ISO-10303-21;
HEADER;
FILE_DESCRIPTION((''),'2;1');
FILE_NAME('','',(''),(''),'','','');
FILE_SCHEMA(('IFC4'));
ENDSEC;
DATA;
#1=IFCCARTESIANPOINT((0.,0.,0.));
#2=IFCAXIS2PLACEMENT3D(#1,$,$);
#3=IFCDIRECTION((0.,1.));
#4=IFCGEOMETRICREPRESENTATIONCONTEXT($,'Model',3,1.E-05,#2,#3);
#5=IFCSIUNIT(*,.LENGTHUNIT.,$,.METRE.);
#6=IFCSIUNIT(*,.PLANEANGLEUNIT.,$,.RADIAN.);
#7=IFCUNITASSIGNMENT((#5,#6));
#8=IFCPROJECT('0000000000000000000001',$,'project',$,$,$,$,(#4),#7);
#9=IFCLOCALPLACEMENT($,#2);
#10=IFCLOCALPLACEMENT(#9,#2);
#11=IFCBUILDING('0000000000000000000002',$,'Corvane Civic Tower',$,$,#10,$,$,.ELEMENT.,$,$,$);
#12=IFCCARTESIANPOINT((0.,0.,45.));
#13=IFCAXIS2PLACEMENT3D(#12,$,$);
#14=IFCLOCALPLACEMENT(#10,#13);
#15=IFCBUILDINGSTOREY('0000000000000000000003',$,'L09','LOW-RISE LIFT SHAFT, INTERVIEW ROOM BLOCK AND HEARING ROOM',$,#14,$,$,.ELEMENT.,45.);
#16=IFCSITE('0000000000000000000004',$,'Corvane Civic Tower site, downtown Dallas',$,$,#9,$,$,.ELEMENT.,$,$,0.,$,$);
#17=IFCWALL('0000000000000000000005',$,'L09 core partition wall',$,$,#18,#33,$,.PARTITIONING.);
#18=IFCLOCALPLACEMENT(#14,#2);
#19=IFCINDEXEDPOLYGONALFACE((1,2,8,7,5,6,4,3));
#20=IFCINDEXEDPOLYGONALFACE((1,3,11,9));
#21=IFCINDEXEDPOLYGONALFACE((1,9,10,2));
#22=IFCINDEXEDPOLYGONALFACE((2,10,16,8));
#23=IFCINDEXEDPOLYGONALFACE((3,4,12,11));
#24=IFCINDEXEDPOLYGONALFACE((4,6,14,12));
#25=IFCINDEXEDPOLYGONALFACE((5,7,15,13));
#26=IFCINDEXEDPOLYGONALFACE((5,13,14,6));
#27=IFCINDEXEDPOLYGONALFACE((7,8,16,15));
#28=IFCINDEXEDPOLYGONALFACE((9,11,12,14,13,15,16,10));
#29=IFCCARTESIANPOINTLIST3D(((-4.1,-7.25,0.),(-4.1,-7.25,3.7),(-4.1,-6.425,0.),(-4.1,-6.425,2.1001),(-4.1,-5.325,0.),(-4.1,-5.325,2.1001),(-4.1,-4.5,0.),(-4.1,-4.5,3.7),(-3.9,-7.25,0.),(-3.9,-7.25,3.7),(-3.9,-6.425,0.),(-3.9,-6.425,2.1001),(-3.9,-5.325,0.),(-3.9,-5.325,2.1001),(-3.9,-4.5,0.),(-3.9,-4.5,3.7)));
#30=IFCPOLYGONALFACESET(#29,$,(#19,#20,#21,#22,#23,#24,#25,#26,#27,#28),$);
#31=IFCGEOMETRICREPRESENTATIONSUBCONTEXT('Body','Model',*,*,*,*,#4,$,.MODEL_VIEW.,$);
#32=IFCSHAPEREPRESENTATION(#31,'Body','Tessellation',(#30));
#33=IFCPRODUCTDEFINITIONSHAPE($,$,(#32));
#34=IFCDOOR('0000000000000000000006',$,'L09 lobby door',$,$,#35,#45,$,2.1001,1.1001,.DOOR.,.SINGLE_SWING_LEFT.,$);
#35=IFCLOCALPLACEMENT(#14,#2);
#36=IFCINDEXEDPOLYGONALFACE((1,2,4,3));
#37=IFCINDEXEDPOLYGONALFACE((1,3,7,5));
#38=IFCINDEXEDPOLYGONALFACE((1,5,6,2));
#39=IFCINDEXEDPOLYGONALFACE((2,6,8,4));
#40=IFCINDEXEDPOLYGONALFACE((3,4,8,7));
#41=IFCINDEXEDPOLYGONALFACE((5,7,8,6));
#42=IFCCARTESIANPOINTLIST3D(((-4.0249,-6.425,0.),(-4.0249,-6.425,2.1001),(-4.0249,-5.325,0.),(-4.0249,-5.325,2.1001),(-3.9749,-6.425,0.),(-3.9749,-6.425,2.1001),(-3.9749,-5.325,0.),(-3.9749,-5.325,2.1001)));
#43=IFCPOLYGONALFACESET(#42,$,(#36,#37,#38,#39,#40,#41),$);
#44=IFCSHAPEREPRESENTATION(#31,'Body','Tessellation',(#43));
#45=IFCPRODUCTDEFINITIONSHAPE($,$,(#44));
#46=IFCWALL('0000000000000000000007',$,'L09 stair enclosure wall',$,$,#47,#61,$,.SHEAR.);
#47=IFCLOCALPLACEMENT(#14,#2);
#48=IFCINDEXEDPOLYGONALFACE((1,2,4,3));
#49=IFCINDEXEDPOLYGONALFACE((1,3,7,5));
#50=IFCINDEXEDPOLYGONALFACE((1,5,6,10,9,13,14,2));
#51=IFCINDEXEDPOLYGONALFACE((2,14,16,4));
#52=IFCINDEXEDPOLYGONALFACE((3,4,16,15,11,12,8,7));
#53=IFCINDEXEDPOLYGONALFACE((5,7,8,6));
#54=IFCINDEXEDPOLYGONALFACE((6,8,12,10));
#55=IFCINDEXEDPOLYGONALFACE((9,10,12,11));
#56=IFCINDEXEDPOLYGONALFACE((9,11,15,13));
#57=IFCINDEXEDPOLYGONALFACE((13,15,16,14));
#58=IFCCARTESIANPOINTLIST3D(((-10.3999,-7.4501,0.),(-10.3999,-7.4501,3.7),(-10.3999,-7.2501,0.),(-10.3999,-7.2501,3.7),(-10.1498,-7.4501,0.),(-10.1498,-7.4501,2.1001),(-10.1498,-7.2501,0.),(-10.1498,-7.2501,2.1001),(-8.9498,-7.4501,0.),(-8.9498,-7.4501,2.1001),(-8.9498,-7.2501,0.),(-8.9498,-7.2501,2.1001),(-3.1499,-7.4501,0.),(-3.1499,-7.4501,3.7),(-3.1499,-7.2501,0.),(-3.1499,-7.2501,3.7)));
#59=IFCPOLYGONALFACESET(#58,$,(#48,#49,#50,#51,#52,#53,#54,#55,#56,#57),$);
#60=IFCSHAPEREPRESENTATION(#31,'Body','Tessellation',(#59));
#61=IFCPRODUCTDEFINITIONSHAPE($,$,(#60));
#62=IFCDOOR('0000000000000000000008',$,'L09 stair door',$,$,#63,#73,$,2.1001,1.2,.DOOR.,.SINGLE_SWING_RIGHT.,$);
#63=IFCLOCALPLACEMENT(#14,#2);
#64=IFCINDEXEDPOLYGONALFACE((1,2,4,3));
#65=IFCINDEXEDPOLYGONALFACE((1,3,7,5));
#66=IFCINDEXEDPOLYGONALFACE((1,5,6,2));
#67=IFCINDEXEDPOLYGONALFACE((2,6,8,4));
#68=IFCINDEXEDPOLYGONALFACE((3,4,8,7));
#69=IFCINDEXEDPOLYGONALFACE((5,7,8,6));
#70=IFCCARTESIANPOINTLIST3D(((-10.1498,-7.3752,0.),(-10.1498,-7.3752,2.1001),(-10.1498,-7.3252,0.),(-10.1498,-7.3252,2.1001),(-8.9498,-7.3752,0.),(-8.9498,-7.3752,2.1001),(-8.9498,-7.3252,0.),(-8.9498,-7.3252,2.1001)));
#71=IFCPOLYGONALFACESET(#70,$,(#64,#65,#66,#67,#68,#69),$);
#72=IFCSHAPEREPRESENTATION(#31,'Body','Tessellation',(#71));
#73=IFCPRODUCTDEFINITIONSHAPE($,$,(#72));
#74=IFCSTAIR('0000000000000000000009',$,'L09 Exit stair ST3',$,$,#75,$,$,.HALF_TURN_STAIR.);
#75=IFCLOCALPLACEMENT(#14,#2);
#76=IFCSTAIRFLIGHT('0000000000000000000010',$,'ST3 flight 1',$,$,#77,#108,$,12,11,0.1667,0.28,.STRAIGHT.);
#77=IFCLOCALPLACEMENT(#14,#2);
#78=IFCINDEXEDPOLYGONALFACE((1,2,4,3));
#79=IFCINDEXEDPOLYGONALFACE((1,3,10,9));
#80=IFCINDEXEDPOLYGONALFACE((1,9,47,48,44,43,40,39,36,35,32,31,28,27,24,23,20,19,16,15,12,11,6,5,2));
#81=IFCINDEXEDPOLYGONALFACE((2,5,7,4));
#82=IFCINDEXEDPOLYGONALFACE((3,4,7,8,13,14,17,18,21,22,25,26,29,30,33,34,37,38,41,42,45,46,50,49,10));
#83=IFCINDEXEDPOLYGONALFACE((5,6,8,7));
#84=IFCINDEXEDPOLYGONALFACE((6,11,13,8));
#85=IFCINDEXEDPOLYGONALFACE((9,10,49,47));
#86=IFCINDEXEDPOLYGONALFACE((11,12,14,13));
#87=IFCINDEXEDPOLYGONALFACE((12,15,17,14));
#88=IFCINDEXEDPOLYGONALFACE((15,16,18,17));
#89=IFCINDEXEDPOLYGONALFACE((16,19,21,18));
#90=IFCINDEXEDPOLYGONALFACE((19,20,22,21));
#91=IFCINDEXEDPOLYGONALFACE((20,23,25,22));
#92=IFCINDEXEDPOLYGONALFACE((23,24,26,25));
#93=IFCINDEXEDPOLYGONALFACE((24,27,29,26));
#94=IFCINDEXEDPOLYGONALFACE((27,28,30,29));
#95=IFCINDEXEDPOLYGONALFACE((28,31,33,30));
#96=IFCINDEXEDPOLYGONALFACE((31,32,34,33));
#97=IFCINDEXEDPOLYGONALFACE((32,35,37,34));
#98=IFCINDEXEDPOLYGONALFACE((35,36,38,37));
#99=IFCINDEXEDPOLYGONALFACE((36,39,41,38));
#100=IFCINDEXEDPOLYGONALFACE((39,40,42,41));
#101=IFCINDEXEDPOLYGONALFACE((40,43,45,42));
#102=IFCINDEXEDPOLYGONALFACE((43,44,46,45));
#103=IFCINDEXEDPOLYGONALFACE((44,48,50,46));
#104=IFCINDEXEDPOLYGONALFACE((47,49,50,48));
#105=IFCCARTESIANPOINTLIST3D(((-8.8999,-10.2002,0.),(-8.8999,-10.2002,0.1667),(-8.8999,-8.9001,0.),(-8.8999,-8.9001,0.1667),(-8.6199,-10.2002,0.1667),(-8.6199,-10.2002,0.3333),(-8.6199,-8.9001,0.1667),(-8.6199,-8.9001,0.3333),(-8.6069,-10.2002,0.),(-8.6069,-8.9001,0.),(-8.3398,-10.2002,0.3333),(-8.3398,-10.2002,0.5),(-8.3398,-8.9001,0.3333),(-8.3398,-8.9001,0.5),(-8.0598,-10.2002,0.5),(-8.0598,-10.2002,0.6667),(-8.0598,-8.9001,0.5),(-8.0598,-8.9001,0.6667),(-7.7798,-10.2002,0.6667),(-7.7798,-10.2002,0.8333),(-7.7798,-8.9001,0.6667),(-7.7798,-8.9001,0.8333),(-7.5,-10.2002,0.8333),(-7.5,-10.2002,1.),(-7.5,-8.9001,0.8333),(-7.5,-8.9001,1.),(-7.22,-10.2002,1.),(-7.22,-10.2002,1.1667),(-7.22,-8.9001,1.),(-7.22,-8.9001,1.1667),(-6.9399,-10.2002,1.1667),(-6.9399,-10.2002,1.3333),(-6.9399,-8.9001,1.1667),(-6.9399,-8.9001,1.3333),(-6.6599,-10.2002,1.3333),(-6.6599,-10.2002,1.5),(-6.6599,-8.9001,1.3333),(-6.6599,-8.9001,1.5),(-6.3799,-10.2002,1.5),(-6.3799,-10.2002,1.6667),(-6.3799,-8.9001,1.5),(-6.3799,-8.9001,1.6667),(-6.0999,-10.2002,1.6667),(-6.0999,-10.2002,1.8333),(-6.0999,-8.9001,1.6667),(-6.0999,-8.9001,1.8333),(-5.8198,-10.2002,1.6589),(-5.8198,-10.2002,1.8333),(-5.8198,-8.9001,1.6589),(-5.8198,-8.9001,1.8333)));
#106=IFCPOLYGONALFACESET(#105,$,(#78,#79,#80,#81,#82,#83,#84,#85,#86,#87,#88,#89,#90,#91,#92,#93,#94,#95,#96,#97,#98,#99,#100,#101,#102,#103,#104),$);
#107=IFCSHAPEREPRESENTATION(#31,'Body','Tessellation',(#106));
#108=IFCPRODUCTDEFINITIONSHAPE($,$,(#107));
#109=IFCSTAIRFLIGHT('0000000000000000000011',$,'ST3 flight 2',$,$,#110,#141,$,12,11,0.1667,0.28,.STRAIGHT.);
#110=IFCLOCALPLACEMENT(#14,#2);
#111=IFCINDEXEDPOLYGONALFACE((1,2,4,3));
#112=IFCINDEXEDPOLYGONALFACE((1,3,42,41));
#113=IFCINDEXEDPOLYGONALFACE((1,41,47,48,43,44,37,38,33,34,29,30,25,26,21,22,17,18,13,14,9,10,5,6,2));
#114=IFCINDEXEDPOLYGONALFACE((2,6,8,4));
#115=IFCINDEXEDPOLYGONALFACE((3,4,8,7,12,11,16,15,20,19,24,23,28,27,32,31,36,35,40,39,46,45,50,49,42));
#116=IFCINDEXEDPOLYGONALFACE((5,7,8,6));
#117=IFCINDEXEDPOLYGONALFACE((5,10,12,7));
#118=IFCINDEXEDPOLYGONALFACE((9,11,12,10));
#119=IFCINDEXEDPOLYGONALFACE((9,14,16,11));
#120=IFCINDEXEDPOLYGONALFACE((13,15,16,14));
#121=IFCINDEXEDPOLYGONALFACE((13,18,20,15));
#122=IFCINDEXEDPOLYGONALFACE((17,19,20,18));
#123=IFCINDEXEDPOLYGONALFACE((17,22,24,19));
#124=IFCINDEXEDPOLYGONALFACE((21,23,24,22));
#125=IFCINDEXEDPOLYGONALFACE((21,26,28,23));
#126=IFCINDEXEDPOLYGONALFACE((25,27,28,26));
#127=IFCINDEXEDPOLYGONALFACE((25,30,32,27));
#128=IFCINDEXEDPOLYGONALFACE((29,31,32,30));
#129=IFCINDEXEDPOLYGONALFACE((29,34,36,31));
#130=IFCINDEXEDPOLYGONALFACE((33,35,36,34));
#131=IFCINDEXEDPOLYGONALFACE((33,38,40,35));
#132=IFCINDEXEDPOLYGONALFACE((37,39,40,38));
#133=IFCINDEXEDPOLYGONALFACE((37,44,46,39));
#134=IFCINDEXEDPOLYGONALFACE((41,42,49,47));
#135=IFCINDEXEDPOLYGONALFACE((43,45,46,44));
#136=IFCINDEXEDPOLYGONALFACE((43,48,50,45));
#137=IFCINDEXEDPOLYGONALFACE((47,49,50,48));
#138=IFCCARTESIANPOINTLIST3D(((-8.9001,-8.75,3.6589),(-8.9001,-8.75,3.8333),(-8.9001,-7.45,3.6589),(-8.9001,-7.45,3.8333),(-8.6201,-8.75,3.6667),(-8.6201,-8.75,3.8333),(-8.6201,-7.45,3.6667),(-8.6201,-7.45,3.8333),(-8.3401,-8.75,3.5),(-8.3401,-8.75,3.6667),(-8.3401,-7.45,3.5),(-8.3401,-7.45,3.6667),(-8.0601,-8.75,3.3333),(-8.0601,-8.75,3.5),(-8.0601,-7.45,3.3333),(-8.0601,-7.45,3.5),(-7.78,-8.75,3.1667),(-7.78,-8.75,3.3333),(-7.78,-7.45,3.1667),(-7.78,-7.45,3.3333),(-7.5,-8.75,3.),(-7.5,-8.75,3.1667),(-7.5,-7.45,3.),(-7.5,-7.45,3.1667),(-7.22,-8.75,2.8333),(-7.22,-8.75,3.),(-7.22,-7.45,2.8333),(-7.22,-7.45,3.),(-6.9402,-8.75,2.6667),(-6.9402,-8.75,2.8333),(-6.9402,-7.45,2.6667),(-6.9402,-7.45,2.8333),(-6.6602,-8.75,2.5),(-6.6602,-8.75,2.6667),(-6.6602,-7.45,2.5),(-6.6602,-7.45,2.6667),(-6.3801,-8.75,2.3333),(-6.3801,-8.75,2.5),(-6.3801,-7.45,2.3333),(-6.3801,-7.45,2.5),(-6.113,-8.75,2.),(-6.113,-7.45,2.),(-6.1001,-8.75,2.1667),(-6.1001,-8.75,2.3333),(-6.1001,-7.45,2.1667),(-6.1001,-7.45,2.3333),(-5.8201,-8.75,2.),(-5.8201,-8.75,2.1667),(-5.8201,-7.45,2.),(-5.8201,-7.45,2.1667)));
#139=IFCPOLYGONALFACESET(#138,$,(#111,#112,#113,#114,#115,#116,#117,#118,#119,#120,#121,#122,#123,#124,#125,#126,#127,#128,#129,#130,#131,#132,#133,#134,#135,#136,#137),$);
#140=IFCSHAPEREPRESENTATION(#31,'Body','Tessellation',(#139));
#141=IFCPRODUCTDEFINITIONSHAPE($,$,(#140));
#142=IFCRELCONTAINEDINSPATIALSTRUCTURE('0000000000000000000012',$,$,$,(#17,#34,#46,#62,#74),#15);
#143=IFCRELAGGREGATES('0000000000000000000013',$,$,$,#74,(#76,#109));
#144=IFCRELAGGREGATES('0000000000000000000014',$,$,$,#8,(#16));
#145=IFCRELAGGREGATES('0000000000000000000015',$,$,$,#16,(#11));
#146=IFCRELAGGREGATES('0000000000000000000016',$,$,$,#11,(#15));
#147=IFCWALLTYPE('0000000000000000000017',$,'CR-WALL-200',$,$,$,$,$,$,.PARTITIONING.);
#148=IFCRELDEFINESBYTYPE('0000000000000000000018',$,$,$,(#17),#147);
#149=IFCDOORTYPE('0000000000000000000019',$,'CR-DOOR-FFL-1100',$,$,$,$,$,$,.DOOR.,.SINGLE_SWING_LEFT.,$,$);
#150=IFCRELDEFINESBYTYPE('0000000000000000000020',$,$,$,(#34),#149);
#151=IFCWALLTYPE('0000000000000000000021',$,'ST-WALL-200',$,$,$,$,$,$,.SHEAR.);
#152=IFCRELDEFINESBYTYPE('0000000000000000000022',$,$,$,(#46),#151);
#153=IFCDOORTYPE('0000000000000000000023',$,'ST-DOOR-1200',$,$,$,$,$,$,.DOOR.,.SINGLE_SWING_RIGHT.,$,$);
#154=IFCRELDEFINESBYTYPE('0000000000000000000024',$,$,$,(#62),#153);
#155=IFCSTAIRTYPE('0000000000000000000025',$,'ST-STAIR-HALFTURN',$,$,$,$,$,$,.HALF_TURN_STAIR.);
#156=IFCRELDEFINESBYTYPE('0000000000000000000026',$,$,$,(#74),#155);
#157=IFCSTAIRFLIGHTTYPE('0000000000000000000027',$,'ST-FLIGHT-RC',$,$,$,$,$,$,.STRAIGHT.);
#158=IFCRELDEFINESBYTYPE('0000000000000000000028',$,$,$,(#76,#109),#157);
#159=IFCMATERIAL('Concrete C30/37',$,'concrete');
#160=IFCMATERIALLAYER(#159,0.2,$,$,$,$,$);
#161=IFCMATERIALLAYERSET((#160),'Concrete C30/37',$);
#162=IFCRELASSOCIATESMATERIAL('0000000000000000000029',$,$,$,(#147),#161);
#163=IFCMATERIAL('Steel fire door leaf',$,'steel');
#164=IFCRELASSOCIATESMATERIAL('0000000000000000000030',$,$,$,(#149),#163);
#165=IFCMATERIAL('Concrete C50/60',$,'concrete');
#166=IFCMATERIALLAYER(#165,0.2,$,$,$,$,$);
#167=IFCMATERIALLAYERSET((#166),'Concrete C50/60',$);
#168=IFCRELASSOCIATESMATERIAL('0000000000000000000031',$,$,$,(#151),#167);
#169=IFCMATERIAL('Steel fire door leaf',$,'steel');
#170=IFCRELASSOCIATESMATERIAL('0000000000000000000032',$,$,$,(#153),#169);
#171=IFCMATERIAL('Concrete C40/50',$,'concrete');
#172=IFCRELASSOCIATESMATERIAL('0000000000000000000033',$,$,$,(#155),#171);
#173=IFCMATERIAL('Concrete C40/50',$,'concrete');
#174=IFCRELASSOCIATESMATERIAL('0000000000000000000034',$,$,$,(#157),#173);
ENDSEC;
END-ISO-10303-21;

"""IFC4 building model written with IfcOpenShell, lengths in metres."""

from ifc_helpers import new_model, si_unit, direction, frame, frame_2d, origin, place, context, subcontext, project, spatial, polyline, rectangle, outline, extrude, material, layer, layer_set, type_object, element, fill, aggregate, save


model = new_model("IFC4")

# Units and contexts
model_context = context("Model", 3, precision=1e-05, world=origin(), true_north=direction((0.0, 1.0)))
body_context = subcontext(model_context, "Body", "Model", "MODEL_VIEW")
ifc_project = project(units=[si_unit("LENGTHUNIT", "METRE"), si_unit("PLANEANGLEUNIT", "RADIAN")], contexts=[model_context])

# Site, building, storey
site_placement = place(None, origin())
site = spatial("IfcSite", under=ifc_project, at=site_placement, Name="Corvane Civic Tower site, downtown Dallas", CompositionType="ELEMENT", RefElevation=0.0)
building_placement = place(site_placement, origin())
building = spatial("IfcBuilding", under=site, at=building_placement, Name="Corvane Civic Tower", CompositionType="ELEMENT")
storey_placement = place(building_placement, frame((0.0, 0.0, 45.0)))
storey = spatial("IfcBuildingStorey", under=building, at=storey_placement, Name="L09", Description="LOW-RISE LIFT SHAFT, INTERVIEW ROOM BLOCK AND HEARING ROOM", CompositionType="ELEMENT", Elevation=45.0)

# Shared definitions
ifc_material_1 = material(Name="Concrete C30/37", Category="concrete")
ifc_layer_1 = layer(ifc_material_1, 0.2)
ifc_layer_set_1 = layer_set([ifc_layer_1], Name="Concrete C30/37")
wall_type_1 = type_object("IfcWallType", Name="CR-WALL-200", PredefinedType="PARTITIONING", material=ifc_layer_set_1)

# Walls, openings, doors
wall_1_placement = place(storey_placement, frame((-4.0, -7.25, 0.0), z_axis=(0.0, 0.0, 1.0), x_axis=(0.0, 1.0, 0.0)))
wall_1 = element("IfcWall", 1, at=wall_1_placement, inside=storey, type_object=wall_type_1, Name="L09 core partition wall", PredefinedType="PARTITIONING", context=body_context, shape_type="SweptSolid", body=[
    extrude(rectangle(XDim=2.75, YDim=0.2, at=frame_2d((1.375, 0.0))), origin(), (0.0, 0.0, 1.0), 3.7),
])
opening_1_placement = place(wall_1_placement, frame((0.825, 0.0, 0.0)))
opening_1 = element("IfcOpeningElement", 2, at=opening_1_placement, cuts=wall_1, PredefinedType="OPENING", context=body_context, shape_type="SweptSolid", body=[
    extrude(rectangle(XDim=1.1001, YDim=2.1001, at=frame_2d((0.55, 1.05))), frame((0.0, 0.1099, 0.0), z_axis=(0.0, -1.0, 0.0), x_axis=(1.0, 0.0, 0.0)), (0.0, 0.0, 1.0), 0.22),
])
ifc_material_2 = material(Name="Steel fire door leaf", Category="steel")
door_type_1 = type_object("IfcDoorType", Name="CR-DOOR-FFL-1100", OperationType="SINGLE_SWING_LEFT", PredefinedType="DOOR", material=ifc_material_2)
door_1_placement = place(opening_1_placement, origin())
door_1 = element("IfcDoor", 3, at=door_1_placement, inside=storey, type_object=door_type_1, Name="L09 lobby door", OperationType="SINGLE_SWING_LEFT", OverallHeight=2.1001, OverallWidth=1.1001, PredefinedType="DOOR", context=body_context, shape_type="SweptSolid", body=[
    extrude(rectangle(XDim=1.1001, YDim=2.1001, at=frame_2d((0.55, 1.05))), frame((0.0, 0.0249, 0.0), z_axis=(0.0, -1.0, 0.0), x_axis=(1.0, 0.0, 0.0)), (0.0, 0.0, 1.0), 0.05),
])
fill(opening_1, door_1)
ifc_material_3 = material(Name="Concrete C50/60", Category="concrete")
ifc_layer_2 = layer(ifc_material_3, 0.2)
ifc_layer_set_2 = layer_set([ifc_layer_2], Name="Concrete C50/60")
wall_type_2 = type_object("IfcWallType", Name="ST-WALL-200", PredefinedType="SHEAR", material=ifc_layer_set_2)
wall_2_placement = place(storey_placement, frame((-10.3999, -7.3501, 0.0), z_axis=(0.0, 0.0, 1.0), x_axis=(1.0, 0.0, 0.0)))
wall_2 = element("IfcWall", 4, at=wall_2_placement, inside=storey, type_object=wall_type_2, Name="L09 stair enclosure wall", PredefinedType="SHEAR", context=body_context, shape_type="SweptSolid", body=[
    extrude(rectangle(XDim=7.25, YDim=0.2, at=frame_2d((3.625, 0.0))), origin(), (0.0, 0.0, 1.0), 3.7),
])
opening_2_placement = place(wall_2_placement, frame((0.25, 0.0, 0.0)))
opening_2 = element("IfcOpeningElement", 5, at=opening_2_placement, cuts=wall_2, PredefinedType="OPENING", context=body_context, shape_type="SweptSolid", body=[
    extrude(rectangle(XDim=1.2, YDim=2.1001, at=frame_2d((0.6001, 1.05))), frame((0.0, 0.1099, 0.0), z_axis=(0.0, -1.0, 0.0), x_axis=(1.0, 0.0, 0.0)), (0.0, 0.0, 1.0), 0.22),
])
ifc_material_4 = material(Name="Steel fire door leaf", Category="steel")
door_type_2 = type_object("IfcDoorType", Name="ST-DOOR-1200", OperationType="SINGLE_SWING_RIGHT", PredefinedType="DOOR", material=ifc_material_4)
door_2_placement = place(opening_2_placement, origin())
door_2 = element("IfcDoor", 6, at=door_2_placement, inside=storey, type_object=door_type_2, Name="L09 stair door", OperationType="SINGLE_SWING_RIGHT", OverallHeight=2.1001, OverallWidth=1.2, PredefinedType="DOOR", context=body_context, shape_type="SweptSolid", body=[
    extrude(rectangle(XDim=1.2, YDim=2.1001, at=frame_2d((0.6001, 1.05))), frame((0.0, 0.0249, 0.0), z_axis=(0.0, -1.0, 0.0), x_axis=(1.0, 0.0, 0.0)), (0.0, 0.0, 1.0), 0.05),
])
fill(opening_2, door_2)

# Stair, stair flights
ifc_material_5 = material(Name="Concrete C40/50", Category="concrete")
stair_type = type_object("IfcStairType", Name="ST-STAIR-HALFTURN", PredefinedType="HALF_TURN_STAIR", material=ifc_material_5)
stair_placement = place(storey_placement, origin())
stair = element("IfcStair", 7, at=stair_placement, inside=storey, type_object=stair_type, Name="L09 Exit stair ST3", PredefinedType="HALF_TURN_STAIR")
ifc_material_6 = material(Name="Concrete C40/50", Category="concrete")
stair_flight_type = type_object("IfcStairFlightType", Name="ST-FLIGHT-RC", PredefinedType="STRAIGHT", material=ifc_material_6)
stair_flight_1_placement = place(storey_placement, frame((-8.8999, -9.55, 0.0), z_axis=(0.0, 0.0, 1.0), x_axis=(1.0, 0.0, 0.0)))
stair_flight_1 = element("IfcStairFlight", 8, at=stair_flight_1_placement, type_object=stair_flight_type, Name="ST3 flight 1", NumberOfRisers=12, NumberOfTreads=11, PredefinedType="STRAIGHT", RiserHeight=0.1667, TreadLength=0.28, context=body_context, shape_type="SweptSolid", body=[
    extrude(outline(polyline([(0.0, 0.0), (0.0, 0.1667), (0.28, 0.1667), (0.28, 0.3333), (0.5601, 0.3333), (0.5601, 0.5), (0.8401, 0.5), (0.8401, 0.6667), (1.1201, 0.6667), (1.1201, 0.8333), (1.3999, 0.8333), (1.3999, 1.0), (1.6799, 1.0), (1.6799, 1.1667), (1.96, 1.1667), (1.96, 1.3333), (2.24, 1.3333), (2.24, 1.5), (2.52, 1.5), (2.52, 1.6667), (2.8, 1.6667), (2.8, 1.8333), (3.0801, 1.8333), (3.0801, 2.0), (3.0801, 1.6589), (0.293, 0.0), (0.0, 0.0)])), frame((0.0, 0.6499, 0.0), z_axis=(0.0, -1.0, 0.0), x_axis=(1.0, 0.0, 0.0)), (0.0, 0.0, 1.0), 1.3),
])
stair_flight_2_placement = place(storey_placement, frame((-5.8201, -8.1001, 2.0), z_axis=(0.0, 0.0, 1.0), x_axis=(-1.0, 0.0, 0.0)))
stair_flight_2 = element("IfcStairFlight", 9, at=stair_flight_2_placement, type_object=stair_flight_type, Name="ST3 flight 2", NumberOfRisers=12, NumberOfTreads=11, PredefinedType="STRAIGHT", RiserHeight=0.1667, TreadLength=0.28, context=body_context, shape_type="SweptSolid", body=[
    extrude(outline(polyline([(0.0, 0.0), (0.0, 0.1667), (0.28, 0.1667), (0.28, 0.3333), (0.5601, 0.3333), (0.5601, 0.5), (0.8401, 0.5), (0.8401, 0.6667), (1.1201, 0.6667), (1.1201, 0.8333), (1.3999, 0.8333), (1.3999, 1.0), (1.6799, 1.0), (1.6799, 1.1667), (1.96, 1.1667), (1.96, 1.3333), (2.24, 1.3333), (2.24, 1.5), (2.52, 1.5), (2.52, 1.6667), (2.8, 1.6667), (2.8, 1.8333), (3.0801, 1.8333), (3.0801, 2.0), (3.0801, 1.6589), (0.293, 0.0), (0.0, 0.0)])), frame((0.0, 0.6499, 0.0), z_axis=(0.0, -1.0, 0.0), x_axis=(1.0, 0.0, 0.0)), (0.0, 0.0, 1.0), 1.3),
])
aggregate(stair, [stair_flight_1, stair_flight_2])

save(model, "model.ifc")
